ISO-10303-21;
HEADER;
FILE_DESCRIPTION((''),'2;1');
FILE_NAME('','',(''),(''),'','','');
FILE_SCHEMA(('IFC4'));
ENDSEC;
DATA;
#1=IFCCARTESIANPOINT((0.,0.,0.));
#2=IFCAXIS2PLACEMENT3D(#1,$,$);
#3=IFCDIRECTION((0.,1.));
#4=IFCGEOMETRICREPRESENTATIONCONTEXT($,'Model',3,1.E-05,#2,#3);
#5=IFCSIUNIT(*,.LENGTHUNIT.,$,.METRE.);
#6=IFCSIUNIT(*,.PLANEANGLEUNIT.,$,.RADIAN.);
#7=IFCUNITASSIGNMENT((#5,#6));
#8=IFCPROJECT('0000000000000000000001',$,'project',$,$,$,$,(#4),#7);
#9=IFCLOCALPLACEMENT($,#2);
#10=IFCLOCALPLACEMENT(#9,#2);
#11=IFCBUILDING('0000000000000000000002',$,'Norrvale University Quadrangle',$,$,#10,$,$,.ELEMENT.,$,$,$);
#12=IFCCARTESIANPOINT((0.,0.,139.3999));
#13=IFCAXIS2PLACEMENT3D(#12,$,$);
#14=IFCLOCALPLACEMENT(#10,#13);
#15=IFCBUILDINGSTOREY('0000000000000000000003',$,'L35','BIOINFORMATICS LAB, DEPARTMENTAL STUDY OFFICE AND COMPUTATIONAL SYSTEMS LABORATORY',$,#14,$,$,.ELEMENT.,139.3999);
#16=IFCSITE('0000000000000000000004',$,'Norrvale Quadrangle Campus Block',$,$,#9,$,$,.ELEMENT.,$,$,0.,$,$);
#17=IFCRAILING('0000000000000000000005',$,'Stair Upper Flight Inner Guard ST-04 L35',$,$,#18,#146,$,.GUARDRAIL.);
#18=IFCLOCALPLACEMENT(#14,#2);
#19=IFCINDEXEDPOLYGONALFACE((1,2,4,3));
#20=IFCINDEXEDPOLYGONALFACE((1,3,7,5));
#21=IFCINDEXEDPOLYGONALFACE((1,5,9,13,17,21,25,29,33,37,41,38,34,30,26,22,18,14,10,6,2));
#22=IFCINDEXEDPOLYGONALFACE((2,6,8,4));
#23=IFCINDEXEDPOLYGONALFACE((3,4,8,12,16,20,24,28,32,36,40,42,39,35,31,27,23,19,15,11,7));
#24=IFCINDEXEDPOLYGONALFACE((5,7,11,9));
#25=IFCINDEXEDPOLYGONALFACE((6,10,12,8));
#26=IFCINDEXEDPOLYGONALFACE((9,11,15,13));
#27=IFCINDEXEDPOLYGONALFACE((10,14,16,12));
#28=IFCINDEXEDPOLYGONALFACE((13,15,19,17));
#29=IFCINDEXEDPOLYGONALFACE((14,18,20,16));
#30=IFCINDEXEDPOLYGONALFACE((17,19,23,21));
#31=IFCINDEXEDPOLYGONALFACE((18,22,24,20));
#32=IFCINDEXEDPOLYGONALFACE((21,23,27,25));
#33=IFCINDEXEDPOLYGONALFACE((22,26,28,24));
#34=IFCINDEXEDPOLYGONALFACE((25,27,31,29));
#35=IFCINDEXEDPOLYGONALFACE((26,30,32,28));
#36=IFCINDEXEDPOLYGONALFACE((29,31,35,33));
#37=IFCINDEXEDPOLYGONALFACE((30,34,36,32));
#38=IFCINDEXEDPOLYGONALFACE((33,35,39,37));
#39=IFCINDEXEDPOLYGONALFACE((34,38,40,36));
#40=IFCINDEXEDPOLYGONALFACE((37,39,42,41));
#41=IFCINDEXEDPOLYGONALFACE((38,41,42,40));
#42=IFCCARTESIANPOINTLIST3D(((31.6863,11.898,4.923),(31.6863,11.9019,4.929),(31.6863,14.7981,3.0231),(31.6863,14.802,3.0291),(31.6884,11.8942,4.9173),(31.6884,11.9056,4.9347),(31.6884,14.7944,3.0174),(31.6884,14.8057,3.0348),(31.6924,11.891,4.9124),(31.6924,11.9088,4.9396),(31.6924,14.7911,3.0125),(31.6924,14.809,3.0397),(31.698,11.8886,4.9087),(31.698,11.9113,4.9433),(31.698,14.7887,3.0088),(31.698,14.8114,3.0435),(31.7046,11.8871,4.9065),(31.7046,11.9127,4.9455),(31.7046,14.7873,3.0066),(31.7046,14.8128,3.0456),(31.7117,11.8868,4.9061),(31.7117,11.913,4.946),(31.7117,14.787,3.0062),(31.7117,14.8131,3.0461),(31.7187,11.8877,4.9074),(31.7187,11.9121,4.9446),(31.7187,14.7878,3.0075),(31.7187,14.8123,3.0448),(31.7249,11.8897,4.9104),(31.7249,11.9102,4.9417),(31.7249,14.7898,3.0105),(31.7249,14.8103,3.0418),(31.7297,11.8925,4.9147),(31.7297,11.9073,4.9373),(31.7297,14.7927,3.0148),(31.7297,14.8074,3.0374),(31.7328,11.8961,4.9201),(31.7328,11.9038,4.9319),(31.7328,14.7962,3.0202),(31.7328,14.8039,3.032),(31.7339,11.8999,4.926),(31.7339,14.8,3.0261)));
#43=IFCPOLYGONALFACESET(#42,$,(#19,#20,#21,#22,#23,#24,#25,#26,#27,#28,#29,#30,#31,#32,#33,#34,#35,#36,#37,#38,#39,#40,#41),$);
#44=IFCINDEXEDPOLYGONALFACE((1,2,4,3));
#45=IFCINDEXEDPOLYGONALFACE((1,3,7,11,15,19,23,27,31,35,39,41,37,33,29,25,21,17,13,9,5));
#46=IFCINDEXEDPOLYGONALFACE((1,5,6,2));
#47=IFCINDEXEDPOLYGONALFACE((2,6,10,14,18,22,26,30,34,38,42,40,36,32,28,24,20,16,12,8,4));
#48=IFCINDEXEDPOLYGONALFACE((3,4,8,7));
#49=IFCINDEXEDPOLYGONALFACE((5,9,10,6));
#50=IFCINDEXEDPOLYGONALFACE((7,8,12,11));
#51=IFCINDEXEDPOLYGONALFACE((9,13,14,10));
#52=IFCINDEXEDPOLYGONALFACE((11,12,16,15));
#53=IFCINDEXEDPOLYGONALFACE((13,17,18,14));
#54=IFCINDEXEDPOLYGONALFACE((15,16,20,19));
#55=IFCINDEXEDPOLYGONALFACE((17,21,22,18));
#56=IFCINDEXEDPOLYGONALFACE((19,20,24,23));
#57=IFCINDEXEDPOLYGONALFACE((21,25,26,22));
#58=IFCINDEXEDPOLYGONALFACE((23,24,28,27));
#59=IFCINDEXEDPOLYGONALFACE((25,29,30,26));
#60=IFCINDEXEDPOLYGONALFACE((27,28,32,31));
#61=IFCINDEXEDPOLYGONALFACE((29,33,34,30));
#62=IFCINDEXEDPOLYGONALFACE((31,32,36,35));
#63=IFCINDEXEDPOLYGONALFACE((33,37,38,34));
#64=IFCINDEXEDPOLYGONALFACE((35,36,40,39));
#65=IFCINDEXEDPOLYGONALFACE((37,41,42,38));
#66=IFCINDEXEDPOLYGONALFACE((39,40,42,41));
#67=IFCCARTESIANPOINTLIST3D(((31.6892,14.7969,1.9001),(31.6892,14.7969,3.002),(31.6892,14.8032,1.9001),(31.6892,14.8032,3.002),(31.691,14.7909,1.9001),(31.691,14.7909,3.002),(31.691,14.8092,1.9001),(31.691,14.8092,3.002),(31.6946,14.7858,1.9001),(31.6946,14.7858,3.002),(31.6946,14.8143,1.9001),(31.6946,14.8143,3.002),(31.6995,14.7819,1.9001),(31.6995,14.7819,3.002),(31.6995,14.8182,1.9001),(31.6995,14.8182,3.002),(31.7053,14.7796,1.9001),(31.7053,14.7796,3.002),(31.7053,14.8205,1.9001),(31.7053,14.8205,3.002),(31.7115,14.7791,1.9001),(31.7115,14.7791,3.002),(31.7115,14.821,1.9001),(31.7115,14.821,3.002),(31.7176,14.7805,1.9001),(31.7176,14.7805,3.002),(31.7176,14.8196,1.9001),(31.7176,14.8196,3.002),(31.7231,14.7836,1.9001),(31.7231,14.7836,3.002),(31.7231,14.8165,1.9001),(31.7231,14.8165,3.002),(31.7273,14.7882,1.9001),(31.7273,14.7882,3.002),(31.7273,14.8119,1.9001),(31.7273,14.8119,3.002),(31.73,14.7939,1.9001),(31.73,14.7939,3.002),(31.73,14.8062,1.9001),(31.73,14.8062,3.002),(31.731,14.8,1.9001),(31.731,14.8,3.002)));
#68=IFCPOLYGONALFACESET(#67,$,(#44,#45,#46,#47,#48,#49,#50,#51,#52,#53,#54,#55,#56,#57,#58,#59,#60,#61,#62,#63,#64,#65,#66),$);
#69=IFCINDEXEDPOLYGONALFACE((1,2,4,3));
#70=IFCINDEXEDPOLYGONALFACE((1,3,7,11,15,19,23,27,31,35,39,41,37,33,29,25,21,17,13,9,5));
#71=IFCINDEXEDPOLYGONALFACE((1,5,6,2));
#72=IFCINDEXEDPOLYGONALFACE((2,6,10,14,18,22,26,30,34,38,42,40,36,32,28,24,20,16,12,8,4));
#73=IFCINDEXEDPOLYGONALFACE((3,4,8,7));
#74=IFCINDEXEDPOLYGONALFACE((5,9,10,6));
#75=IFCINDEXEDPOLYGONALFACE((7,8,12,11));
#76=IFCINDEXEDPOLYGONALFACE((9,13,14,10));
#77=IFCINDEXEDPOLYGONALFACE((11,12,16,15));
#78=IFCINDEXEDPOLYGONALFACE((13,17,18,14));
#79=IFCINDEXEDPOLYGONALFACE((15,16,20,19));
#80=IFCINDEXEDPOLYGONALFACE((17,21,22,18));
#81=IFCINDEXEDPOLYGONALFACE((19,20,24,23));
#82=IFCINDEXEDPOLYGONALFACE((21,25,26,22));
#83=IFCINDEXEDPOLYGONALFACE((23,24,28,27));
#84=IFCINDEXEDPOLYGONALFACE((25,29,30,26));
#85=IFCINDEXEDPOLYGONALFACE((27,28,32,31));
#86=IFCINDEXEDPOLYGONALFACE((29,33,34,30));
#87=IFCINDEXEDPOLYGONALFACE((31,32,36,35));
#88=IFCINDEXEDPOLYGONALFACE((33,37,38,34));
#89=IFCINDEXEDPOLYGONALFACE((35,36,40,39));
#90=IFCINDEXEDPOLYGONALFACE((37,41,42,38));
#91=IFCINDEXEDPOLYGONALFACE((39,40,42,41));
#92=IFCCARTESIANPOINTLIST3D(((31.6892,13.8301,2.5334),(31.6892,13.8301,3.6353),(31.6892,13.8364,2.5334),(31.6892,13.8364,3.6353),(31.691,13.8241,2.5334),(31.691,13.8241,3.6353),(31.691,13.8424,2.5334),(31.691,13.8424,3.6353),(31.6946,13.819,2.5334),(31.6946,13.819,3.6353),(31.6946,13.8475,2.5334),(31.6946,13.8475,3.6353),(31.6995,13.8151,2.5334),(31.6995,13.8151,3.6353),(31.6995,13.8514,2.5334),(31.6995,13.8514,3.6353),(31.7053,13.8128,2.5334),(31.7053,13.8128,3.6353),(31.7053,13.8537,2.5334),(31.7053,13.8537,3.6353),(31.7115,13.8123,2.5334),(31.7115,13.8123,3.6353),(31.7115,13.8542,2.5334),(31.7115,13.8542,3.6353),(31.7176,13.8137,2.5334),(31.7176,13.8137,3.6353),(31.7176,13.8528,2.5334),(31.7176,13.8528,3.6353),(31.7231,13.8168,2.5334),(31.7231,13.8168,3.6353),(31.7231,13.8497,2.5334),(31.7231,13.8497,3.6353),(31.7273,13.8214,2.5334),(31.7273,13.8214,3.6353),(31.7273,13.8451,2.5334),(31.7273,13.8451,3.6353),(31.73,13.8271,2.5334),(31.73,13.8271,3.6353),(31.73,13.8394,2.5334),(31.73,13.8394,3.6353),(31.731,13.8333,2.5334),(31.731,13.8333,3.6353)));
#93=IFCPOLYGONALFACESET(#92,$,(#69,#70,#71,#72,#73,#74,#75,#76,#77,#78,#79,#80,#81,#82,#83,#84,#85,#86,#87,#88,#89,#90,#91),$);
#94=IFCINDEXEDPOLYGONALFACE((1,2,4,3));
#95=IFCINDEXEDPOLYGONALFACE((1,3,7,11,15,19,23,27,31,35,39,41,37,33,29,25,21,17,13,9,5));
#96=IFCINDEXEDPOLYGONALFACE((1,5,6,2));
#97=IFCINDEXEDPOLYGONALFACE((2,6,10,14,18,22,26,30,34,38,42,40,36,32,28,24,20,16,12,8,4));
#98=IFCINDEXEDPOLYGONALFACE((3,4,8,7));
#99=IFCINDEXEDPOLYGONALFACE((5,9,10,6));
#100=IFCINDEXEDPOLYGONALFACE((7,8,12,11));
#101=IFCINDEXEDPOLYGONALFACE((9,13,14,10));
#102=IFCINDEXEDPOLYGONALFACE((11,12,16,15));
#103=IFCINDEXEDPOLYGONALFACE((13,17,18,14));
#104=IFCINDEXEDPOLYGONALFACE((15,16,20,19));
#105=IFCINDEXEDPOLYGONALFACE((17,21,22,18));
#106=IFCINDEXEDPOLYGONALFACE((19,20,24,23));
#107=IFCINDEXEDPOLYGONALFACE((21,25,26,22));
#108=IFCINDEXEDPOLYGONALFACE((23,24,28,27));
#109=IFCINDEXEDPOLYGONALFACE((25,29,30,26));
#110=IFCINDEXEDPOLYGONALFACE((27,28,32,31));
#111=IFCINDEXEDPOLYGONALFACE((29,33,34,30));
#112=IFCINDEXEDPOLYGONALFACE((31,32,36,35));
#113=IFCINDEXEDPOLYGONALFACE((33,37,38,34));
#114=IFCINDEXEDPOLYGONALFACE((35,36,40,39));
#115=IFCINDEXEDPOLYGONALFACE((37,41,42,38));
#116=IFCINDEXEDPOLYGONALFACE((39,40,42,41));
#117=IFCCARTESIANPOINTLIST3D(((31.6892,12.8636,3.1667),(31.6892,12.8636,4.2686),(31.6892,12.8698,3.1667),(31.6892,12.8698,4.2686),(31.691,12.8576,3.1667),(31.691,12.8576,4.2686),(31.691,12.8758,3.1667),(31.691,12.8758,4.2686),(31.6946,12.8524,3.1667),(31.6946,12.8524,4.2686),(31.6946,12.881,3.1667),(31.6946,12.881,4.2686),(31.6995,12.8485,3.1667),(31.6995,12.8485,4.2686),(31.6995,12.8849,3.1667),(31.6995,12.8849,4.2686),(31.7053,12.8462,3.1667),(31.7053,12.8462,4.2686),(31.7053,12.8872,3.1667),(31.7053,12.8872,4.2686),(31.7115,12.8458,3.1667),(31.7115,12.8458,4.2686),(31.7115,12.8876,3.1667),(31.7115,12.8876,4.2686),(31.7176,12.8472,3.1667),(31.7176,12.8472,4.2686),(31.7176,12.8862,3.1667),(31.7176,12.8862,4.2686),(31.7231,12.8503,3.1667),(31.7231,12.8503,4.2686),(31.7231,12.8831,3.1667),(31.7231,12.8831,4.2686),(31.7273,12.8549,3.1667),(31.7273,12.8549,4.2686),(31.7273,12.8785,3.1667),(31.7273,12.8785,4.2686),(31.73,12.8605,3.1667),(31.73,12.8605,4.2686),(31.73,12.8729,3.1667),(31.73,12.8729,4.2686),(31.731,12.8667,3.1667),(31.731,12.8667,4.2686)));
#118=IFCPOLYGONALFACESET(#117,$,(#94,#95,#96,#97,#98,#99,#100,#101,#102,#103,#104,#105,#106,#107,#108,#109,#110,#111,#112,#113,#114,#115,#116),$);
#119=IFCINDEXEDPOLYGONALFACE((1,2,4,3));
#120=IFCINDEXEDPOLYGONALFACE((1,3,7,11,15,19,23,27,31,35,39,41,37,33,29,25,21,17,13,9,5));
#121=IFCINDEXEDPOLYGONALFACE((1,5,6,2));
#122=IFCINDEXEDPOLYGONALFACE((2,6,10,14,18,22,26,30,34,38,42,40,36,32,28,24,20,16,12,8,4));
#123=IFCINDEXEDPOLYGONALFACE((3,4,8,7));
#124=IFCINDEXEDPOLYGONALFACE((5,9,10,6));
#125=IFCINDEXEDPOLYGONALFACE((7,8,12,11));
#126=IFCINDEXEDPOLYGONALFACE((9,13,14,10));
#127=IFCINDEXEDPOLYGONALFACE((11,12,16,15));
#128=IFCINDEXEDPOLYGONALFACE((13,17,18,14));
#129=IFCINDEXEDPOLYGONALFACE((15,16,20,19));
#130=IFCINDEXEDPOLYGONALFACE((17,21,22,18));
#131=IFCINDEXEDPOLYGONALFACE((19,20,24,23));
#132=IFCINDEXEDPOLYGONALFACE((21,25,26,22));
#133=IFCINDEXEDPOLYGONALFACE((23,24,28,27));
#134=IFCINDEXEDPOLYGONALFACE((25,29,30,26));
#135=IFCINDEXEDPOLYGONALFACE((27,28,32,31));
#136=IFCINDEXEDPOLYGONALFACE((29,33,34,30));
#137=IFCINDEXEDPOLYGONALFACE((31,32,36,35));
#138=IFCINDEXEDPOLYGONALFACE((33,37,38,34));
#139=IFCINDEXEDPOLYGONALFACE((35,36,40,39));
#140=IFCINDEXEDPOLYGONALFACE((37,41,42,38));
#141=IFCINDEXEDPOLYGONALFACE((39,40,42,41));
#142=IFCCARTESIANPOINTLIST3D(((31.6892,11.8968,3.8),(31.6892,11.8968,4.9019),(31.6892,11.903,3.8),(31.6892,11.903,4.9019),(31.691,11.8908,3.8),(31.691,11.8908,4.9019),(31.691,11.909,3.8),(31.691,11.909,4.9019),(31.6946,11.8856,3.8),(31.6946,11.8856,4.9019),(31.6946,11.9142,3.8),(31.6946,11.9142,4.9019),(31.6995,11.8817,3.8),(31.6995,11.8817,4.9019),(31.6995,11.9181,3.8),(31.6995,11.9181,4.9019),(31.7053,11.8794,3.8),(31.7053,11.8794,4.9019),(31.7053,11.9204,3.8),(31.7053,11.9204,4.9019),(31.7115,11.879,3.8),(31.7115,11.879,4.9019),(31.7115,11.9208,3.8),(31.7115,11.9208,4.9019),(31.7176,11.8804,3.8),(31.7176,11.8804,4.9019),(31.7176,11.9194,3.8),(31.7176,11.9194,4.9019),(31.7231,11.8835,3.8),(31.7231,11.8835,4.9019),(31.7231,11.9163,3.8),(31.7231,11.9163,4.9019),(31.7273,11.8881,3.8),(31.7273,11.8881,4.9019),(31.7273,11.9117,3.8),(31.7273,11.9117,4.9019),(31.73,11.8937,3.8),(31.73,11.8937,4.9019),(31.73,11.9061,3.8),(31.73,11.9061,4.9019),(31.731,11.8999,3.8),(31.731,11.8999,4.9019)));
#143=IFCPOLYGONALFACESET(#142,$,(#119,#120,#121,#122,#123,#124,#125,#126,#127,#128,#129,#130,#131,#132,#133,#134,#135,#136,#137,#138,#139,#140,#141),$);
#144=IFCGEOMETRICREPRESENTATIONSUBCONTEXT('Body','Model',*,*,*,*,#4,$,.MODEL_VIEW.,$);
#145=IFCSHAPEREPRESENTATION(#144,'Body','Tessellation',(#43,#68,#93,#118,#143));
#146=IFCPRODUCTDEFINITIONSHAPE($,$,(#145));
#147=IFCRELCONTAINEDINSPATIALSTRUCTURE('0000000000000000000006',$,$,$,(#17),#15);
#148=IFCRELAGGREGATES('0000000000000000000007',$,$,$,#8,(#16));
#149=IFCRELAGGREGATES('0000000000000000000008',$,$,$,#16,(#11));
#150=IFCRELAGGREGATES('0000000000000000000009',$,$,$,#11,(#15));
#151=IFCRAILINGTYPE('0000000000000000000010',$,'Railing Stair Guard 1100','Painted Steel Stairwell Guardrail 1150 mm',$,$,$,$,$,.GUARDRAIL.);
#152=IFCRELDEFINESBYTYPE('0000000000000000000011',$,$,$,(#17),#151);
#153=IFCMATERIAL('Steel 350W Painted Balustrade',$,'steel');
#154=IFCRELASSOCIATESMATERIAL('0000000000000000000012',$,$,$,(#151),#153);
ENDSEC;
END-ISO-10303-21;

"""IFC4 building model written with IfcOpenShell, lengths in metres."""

from ifc_helpers import new_model, si_unit, direction, frame, origin, origin_2d, place, context, subcontext, project, spatial, circle, extrude, material, type_object, element, save


model = new_model("IFC4")

# Units and contexts
model_context = context("Model", 3, precision=1e-05, world=origin(), true_north=direction((0.0, 1.0)))
body_context = subcontext(model_context, "Body", "Model", "MODEL_VIEW")
ifc_project = project(units=[si_unit("LENGTHUNIT", "METRE"), si_unit("PLANEANGLEUNIT", "RADIAN")], contexts=[model_context])

# Site, building, storey
site_placement = place(None, origin())
site = spatial("IfcSite", under=ifc_project, at=site_placement, Name="Norrvale Quadrangle Campus Block", CompositionType="ELEMENT", RefElevation=0.0)
building_placement = place(site_placement, origin())
building = spatial("IfcBuilding", under=site, at=building_placement, Name="Norrvale University Quadrangle", CompositionType="ELEMENT")
storey_placement = place(building_placement, frame((0.0, 0.0, 139.3999)))
storey = spatial("IfcBuildingStorey", under=building, at=storey_placement, Name="L35", Description="BIOINFORMATICS LAB, DEPARTMENTAL STUDY OFFICE AND COMPUTATIONAL SYSTEMS LABORATORY", CompositionType="ELEMENT", Elevation=139.3999)

# Railing
ifc_material_1 = material(Name="Steel 350W Painted Balustrade", Category="steel")
railing_type_1 = type_object("IfcRailingType", Name="Railing Stair Guard 1100", Description="Painted Steel Stairwell Guardrail 1150 mm", PredefinedType="GUARDRAIL", material=ifc_material_1)
railing_1_placement = place(storey_placement, frame((31.71, 14.8, 1.9001)))
element("IfcRailing", 1, at=railing_1_placement, inside=storey, type_object=railing_type_1, Name="Stair Upper Flight Inner Guard ST-04 L35", PredefinedType="GUARDRAIL", context=body_context, shape_type="SweptSolid", body=[
    extrude(circle(Radius=0.0239, at=origin_2d()), frame((0.0, 0.0, 1.126), z_axis=(0.0, -0.836487, 0.547987), x_axis=(1.0, 0.0, 0.0)), (0.0, 0.0, 1.0), 3.467),
    extrude(circle(Radius=0.021, at=origin_2d()), origin(), (0.0, 0.0, 1.0), 1.1018),
    extrude(circle(Radius=0.021, at=origin_2d()), frame((0.0, -0.9668, 0.6333)), (0.0, 0.0, 1.0), 1.1018),
    extrude(circle(Radius=0.021, at=origin_2d()), frame((0.0, -1.9333, 1.2666)), (0.0, 0.0, 1.0), 1.1018),
    extrude(circle(Radius=0.021, at=origin_2d()), frame((0.0, -2.9001, 1.8999)), (0.0, 0.0, 1.0), 1.1018),
])

save(model, "model.ifc")
